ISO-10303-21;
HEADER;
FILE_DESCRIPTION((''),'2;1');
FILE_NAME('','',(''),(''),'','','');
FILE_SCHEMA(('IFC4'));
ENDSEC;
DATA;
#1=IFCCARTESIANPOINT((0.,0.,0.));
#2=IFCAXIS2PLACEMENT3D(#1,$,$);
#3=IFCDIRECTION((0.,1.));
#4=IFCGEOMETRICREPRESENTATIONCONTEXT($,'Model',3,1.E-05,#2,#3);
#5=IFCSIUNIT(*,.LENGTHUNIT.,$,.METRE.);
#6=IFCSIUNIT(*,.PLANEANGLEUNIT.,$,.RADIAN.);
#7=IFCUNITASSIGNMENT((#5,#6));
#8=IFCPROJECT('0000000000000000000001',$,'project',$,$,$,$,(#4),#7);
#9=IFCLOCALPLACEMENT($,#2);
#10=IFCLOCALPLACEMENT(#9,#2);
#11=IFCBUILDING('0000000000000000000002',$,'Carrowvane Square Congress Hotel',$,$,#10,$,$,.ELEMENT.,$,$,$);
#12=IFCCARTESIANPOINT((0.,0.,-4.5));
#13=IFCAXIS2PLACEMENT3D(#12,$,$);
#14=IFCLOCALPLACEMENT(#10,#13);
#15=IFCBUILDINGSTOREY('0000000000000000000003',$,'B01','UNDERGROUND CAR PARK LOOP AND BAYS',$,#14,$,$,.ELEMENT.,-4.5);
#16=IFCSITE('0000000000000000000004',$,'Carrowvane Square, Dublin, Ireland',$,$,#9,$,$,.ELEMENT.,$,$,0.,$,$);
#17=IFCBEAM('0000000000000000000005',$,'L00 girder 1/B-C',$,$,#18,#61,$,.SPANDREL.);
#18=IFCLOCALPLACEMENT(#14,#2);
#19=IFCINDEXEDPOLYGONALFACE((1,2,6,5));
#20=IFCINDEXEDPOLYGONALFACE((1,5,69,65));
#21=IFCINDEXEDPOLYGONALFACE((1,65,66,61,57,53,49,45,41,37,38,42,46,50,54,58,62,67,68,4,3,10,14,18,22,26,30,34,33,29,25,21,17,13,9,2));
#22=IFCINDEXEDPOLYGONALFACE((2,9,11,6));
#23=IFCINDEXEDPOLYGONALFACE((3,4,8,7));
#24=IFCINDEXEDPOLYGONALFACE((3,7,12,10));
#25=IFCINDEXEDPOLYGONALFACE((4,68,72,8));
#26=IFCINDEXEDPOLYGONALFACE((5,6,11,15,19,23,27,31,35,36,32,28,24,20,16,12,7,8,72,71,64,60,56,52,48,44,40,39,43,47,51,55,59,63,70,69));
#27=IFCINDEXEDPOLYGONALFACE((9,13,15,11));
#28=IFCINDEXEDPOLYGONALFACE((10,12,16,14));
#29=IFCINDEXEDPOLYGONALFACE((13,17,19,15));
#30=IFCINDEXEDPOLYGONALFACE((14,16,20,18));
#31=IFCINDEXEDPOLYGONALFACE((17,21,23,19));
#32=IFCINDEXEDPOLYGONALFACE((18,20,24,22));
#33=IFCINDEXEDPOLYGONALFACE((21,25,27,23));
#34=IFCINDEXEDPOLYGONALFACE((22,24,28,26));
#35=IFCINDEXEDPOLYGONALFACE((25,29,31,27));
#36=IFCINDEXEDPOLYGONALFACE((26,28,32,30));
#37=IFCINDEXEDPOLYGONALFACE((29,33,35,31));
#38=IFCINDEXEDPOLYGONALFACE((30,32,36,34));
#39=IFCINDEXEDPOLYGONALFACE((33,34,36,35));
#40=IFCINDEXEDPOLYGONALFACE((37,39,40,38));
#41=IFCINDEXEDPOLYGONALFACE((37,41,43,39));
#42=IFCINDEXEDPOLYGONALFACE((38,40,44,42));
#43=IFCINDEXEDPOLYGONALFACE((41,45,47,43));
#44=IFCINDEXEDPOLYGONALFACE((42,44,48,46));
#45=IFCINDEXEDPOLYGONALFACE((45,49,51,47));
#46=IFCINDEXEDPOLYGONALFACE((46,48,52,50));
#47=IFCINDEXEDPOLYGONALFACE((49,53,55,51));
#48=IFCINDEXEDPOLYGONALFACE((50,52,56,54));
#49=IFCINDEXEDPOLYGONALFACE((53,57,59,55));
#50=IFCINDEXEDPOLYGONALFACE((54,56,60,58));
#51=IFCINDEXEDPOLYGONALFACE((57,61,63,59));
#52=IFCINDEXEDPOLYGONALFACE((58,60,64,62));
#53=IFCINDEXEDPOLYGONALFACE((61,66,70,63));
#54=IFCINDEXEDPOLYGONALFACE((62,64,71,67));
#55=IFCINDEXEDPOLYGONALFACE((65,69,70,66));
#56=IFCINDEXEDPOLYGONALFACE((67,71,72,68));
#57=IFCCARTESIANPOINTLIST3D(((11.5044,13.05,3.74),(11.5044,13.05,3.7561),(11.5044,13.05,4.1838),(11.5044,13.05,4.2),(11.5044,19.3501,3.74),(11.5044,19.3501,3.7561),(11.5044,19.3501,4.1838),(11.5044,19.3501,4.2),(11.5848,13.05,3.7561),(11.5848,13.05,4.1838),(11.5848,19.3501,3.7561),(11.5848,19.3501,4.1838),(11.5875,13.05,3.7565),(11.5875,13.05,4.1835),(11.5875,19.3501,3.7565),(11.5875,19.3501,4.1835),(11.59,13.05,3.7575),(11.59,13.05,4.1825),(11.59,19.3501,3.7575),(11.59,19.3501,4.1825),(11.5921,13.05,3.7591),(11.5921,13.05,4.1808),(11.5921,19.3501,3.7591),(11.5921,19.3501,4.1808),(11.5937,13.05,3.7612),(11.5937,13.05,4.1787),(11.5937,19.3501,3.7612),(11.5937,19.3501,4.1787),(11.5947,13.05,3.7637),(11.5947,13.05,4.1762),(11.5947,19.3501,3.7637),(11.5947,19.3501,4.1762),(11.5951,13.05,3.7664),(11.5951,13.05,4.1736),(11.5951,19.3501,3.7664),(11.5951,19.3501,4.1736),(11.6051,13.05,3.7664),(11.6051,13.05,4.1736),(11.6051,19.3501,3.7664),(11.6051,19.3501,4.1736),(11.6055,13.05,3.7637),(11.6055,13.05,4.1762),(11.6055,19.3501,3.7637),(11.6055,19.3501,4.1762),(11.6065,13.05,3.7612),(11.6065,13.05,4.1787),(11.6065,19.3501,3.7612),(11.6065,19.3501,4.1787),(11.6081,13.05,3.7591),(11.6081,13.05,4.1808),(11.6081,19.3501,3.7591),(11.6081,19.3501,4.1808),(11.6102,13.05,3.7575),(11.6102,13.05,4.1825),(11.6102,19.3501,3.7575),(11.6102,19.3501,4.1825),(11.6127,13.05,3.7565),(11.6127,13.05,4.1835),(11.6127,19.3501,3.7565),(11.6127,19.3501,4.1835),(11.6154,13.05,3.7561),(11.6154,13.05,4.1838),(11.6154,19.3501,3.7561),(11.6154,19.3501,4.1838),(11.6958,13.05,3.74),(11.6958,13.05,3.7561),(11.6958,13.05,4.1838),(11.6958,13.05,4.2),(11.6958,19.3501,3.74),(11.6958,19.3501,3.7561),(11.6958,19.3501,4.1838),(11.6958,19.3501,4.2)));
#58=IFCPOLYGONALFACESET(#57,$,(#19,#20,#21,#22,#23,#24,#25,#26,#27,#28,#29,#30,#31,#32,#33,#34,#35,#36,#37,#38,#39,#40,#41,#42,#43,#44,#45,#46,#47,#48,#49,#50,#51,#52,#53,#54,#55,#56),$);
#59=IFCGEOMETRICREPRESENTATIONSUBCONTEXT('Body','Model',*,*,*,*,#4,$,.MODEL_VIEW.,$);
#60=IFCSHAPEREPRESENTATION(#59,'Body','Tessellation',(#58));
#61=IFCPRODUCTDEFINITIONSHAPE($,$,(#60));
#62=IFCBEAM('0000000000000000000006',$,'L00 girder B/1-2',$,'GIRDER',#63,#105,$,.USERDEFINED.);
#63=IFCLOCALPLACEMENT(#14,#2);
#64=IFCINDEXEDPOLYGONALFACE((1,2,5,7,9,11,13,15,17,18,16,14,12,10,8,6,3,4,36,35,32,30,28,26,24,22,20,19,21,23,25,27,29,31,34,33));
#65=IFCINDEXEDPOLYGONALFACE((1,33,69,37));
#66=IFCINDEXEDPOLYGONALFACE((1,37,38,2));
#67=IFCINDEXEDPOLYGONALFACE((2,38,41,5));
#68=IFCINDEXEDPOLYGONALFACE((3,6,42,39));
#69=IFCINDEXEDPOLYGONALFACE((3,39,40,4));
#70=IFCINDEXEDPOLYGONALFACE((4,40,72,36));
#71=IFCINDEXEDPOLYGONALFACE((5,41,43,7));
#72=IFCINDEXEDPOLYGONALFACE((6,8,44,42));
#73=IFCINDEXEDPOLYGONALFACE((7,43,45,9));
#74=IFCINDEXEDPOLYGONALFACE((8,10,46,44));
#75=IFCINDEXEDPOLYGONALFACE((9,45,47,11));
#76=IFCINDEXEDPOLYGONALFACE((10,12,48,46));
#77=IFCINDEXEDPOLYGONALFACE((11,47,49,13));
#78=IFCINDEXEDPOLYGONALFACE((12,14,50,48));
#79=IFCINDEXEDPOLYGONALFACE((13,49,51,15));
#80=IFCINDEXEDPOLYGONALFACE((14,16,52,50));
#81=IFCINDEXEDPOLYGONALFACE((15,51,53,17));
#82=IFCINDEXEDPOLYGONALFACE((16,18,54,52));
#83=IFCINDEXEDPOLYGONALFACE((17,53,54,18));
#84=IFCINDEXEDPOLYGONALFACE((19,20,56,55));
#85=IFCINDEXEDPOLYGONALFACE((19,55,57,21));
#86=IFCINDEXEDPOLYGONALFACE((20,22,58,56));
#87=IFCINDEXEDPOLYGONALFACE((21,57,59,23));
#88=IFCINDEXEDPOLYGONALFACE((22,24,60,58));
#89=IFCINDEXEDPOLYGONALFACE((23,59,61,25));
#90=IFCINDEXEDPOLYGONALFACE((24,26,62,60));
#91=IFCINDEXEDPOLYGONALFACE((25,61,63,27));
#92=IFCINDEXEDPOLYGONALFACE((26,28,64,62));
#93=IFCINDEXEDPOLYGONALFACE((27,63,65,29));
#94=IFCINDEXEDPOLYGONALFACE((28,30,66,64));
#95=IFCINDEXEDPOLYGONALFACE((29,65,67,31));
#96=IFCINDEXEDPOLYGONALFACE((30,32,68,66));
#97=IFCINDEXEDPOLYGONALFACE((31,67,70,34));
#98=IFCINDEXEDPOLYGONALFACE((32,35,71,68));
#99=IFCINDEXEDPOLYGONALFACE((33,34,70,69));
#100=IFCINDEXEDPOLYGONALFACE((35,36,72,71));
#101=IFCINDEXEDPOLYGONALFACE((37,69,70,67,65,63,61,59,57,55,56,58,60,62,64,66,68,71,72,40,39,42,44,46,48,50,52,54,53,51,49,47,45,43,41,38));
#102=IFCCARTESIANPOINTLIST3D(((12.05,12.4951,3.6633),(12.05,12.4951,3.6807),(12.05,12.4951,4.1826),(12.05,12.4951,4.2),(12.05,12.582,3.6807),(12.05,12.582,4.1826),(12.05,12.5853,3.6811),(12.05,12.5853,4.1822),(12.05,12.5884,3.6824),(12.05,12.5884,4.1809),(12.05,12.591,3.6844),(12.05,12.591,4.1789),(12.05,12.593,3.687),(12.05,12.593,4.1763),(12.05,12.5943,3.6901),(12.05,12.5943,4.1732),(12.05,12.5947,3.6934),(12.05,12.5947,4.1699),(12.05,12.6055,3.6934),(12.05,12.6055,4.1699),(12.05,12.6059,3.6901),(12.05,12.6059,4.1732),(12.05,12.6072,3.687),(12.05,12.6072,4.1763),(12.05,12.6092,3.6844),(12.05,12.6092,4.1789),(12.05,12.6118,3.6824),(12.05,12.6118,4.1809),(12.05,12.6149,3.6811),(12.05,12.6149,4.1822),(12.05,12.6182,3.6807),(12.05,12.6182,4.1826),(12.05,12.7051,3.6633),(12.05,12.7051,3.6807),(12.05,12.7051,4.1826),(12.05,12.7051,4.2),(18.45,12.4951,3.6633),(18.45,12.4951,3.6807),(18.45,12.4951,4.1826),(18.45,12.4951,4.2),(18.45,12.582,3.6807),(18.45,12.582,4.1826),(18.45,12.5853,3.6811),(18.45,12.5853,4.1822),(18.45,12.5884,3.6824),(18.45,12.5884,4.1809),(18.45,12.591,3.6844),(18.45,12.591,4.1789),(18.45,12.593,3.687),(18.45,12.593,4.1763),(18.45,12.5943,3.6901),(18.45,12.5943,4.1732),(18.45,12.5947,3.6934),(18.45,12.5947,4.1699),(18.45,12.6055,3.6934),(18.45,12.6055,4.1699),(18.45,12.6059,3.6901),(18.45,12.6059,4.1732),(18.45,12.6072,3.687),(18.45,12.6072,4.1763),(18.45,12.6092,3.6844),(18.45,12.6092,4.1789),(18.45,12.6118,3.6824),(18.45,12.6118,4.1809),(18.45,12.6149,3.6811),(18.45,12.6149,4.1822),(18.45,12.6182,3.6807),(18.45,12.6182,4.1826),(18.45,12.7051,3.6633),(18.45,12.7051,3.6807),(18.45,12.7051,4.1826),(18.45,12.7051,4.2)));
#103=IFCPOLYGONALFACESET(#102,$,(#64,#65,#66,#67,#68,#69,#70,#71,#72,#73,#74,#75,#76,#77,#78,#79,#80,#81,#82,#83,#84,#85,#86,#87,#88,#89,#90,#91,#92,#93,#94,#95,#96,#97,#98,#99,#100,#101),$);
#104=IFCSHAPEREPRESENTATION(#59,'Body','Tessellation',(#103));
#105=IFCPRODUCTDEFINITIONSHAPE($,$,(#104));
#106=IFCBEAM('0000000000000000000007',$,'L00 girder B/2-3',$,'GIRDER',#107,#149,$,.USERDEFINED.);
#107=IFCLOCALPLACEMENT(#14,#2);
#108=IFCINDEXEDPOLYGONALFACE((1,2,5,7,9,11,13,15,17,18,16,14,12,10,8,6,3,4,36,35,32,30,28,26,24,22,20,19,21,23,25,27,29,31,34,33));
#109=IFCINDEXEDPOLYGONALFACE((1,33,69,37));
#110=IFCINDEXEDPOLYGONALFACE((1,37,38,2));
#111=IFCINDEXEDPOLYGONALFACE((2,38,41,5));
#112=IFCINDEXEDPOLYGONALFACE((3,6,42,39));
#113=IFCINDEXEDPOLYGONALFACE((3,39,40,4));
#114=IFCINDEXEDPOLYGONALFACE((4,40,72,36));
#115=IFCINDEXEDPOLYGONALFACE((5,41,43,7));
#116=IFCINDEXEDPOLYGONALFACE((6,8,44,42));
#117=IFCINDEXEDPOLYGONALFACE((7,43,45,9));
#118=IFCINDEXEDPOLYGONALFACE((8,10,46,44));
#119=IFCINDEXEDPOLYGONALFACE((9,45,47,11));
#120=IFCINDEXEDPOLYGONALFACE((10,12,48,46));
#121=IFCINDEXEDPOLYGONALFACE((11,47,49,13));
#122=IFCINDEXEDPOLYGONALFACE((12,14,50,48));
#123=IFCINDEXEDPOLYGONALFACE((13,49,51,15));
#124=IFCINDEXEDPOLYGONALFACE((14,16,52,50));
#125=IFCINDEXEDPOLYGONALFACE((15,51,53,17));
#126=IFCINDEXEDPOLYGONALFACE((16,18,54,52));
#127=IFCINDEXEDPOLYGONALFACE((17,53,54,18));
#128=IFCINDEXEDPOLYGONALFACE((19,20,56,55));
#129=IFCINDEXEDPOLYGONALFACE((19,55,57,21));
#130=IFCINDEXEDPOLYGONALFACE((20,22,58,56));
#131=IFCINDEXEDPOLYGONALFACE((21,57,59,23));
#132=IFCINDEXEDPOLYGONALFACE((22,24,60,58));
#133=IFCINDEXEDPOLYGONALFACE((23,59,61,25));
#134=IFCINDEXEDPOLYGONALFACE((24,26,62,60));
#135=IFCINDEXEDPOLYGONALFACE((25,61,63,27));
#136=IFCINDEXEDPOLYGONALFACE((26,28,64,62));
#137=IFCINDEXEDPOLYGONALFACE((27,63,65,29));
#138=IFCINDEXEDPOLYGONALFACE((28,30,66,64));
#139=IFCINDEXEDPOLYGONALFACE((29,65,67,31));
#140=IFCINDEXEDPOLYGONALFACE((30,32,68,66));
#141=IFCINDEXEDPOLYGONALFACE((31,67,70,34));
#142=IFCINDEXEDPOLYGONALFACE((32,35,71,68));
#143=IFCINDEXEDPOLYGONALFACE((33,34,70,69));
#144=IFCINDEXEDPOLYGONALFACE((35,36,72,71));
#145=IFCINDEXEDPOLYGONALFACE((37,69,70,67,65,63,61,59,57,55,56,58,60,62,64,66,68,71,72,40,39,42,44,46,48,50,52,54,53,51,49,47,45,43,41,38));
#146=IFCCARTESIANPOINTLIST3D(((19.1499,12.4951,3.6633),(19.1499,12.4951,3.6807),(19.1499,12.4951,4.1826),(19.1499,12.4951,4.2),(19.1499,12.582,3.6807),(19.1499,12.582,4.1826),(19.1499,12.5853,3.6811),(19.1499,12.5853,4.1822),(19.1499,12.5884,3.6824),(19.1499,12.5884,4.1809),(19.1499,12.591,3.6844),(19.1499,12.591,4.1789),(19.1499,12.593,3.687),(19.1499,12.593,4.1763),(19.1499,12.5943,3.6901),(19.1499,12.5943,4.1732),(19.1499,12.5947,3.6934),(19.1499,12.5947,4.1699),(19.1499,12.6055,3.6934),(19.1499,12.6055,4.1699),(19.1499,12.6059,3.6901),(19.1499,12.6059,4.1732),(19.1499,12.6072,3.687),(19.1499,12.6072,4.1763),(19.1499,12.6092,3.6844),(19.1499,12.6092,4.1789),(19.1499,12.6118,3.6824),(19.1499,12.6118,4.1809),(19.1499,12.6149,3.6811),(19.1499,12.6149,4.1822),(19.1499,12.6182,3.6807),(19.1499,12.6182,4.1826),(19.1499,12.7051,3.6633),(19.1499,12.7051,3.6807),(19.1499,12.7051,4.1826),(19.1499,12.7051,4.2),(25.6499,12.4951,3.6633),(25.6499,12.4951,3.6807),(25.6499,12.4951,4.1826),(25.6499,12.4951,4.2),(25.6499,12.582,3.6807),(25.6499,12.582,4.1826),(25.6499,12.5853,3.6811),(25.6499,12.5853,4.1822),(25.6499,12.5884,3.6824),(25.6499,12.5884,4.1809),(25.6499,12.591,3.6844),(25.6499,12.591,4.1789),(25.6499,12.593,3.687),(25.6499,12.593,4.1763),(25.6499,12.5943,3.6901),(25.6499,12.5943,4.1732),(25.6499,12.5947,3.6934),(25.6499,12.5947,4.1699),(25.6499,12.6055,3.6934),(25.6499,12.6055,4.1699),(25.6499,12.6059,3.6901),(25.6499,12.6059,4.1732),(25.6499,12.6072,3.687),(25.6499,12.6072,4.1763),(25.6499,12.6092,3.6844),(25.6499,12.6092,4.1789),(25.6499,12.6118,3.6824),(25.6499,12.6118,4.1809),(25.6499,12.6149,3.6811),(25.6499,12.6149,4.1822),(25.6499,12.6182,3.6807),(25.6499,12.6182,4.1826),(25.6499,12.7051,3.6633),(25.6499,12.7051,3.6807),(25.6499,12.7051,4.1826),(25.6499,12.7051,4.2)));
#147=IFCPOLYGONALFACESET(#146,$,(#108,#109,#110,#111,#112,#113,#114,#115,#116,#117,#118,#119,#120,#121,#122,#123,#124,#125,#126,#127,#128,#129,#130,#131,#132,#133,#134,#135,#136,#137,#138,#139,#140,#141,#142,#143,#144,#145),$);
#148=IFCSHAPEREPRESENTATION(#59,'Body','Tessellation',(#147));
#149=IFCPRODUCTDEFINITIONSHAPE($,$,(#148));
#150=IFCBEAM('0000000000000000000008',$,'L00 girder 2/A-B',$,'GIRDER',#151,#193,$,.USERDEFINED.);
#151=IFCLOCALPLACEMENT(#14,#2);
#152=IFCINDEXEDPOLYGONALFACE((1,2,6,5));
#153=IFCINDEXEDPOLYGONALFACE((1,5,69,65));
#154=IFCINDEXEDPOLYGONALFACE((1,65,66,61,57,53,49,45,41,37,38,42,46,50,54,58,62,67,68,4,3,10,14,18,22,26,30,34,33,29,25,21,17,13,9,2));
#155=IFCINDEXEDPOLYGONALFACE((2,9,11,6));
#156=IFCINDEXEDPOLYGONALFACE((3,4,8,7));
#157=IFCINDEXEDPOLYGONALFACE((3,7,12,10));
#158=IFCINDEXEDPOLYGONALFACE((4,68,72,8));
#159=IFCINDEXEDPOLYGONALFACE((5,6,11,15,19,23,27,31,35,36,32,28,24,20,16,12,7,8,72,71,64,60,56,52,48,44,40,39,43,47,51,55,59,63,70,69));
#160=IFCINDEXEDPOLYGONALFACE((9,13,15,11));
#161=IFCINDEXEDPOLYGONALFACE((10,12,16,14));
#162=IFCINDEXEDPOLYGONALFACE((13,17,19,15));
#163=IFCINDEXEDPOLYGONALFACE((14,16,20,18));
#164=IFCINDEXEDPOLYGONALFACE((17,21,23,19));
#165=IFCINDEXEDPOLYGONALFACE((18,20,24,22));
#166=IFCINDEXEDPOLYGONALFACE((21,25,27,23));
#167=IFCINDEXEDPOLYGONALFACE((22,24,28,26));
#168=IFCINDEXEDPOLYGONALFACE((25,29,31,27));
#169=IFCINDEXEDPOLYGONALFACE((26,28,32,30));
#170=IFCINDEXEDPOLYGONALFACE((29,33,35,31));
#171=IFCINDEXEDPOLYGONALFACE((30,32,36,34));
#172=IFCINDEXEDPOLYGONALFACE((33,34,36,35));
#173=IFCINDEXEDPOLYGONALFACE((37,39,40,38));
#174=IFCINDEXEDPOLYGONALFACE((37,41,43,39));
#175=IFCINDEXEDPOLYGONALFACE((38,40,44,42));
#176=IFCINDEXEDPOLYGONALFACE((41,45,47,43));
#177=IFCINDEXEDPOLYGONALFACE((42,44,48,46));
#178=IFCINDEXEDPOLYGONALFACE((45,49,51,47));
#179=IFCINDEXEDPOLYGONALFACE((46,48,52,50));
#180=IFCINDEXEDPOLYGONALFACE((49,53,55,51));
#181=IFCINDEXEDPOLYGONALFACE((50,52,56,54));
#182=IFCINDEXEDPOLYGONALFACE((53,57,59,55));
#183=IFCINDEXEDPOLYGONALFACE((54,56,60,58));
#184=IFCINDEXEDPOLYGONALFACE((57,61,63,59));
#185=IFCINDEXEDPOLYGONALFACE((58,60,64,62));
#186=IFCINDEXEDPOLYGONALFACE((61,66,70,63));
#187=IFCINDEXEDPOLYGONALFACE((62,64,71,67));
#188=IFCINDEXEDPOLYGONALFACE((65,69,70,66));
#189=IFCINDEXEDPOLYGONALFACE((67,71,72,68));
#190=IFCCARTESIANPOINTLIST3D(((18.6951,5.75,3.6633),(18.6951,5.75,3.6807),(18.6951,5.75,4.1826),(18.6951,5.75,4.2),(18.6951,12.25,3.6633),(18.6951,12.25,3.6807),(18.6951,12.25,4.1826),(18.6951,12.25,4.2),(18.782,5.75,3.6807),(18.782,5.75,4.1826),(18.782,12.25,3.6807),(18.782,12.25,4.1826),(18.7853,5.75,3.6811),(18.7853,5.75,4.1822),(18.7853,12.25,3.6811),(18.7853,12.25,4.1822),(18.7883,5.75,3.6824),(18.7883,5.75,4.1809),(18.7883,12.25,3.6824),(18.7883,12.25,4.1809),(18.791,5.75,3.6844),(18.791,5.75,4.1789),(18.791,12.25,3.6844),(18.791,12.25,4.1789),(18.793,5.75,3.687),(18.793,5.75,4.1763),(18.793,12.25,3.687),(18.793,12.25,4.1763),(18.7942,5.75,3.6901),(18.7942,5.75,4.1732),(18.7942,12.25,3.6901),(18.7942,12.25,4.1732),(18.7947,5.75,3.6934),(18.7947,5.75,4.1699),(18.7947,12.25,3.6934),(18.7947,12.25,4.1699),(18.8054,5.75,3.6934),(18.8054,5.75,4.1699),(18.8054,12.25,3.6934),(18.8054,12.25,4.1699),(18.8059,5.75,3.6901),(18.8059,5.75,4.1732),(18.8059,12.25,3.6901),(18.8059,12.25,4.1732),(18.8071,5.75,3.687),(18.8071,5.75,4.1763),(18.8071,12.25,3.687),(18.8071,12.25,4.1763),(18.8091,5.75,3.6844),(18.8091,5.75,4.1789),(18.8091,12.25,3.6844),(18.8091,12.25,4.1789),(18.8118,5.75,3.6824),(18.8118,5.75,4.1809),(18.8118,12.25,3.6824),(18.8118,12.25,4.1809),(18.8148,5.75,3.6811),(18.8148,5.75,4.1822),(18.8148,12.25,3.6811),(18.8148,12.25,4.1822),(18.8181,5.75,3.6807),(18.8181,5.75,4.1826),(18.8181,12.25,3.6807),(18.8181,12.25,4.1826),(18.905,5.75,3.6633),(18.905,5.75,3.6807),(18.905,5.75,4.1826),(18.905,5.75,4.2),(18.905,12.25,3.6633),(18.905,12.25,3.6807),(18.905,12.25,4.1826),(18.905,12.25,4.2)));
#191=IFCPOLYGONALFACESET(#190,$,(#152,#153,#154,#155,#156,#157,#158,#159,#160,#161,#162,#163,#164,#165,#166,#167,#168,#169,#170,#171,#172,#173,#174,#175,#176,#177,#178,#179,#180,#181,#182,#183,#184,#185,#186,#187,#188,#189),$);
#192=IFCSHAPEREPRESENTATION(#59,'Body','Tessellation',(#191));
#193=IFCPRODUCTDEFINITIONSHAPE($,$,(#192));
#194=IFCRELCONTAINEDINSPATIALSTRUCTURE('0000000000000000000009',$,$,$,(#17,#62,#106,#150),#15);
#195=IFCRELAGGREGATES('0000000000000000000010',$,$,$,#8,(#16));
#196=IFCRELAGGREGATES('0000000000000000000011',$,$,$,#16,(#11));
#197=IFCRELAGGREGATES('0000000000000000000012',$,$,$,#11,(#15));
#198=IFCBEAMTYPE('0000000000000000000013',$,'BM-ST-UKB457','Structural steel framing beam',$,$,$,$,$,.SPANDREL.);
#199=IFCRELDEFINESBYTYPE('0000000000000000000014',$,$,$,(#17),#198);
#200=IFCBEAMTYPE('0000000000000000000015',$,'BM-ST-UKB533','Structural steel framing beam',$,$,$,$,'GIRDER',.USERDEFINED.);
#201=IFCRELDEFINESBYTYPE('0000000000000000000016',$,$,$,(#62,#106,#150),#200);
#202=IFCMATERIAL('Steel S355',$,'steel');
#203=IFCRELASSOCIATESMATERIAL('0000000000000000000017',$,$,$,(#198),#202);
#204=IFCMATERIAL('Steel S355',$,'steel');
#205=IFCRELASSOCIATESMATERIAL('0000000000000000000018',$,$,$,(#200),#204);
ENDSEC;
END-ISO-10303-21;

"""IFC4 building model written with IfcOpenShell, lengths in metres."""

from ifc_helpers import new_model, si_unit, direction, frame, origin, origin_2d, place, context, subcontext, project, spatial, i_section, extrude, material, material_profile, profile_set, type_object, element, save


model = new_model("IFC4")

# Units and contexts
model_context = context("Model", 3, precision=1e-05, world=origin(), true_north=direction((0.0, 1.0)))
body_context = subcontext(model_context, "Body", "Model", "MODEL_VIEW")
ifc_project = project(units=[si_unit("LENGTHUNIT", "METRE"), si_unit("PLANEANGLEUNIT", "RADIAN")], contexts=[model_context])

# Site, building, storey
site_placement = place(None, origin())
site = spatial("IfcSite", under=ifc_project, at=site_placement, Name="Carrowvane Square, Dublin, Ireland", CompositionType="ELEMENT", RefElevation=0.0)
building_placement = place(site_placement, origin())
building = spatial("IfcBuilding", under=site, at=building_placement, Name="Carrowvane Square Congress Hotel", CompositionType="ELEMENT")
storey_placement = place(building_placement, frame((0.0, 0.0, -4.5)))
storey = spatial("IfcBuildingStorey", under=building, at=storey_placement, Name="B01", Description="UNDERGROUND CAR PARK LOOP AND BAYS", CompositionType="ELEMENT", Elevation=-4.5)

# Beams
ifc_material_1 = material(Name="Steel S355", Category="steel")
ifc_material_profile_1 = material_profile(ifc_material_1, i_section(OverallWidth=0.1914, OverallDepth=0.46, WebThickness=0.01, FlangeThickness=0.0161, FilletRadius=0.0103, at=origin_2d()), Name="UKB 457x191x82")
ifc_profile_set_1 = profile_set([ifc_material_profile_1], Name="Steel S355")
beam_type_1 = type_object("IfcBeamType", Name="BM-ST-UKB457", Description="Structural steel framing beam", PredefinedType="SPANDREL", material=ifc_profile_set_1)
beam_1_placement = place(storey_placement, frame((11.6001, 13.05, 3.97), z_axis=(0.0, 1.0, 0.0), x_axis=(-1.0, 0.0, 0.0)))
element("IfcBeam", 1, at=beam_1_placement, inside=storey, type_object=beam_type_1, Name="L00 girder 1/B-C", PredefinedType="SPANDREL", context=body_context, shape_type="SweptSolid", body=[
    extrude(i_section(OverallWidth=0.1914, OverallDepth=0.46, WebThickness=0.01, FlangeThickness=0.0161, FilletRadius=0.0103, at=origin_2d()), origin(), (0.0, 0.0, 1.0), 6.3),
])
ifc_material_2 = material(Name="Steel S355", Category="steel")
ifc_material_profile_2 = material_profile(ifc_material_2, i_section(OverallWidth=0.21, OverallDepth=0.5366, WebThickness=0.0107, FlangeThickness=0.0173, FilletRadius=0.0127, at=origin_2d()), Name="UKB 533x210x101")
ifc_profile_set_2 = profile_set([ifc_material_profile_2], Name="Steel S355")
beam_type_2 = type_object("IfcBeamType", Name="BM-ST-UKB533", Description="Structural steel framing beam", ElementType="GIRDER", PredefinedType="USERDEFINED", material=ifc_profile_set_2)
beam_2_placement = place(storey_placement, frame((12.05, 12.6001, 3.9316), z_axis=(1.0, 0.0, 0.0), x_axis=(0.0, 1.0, 0.0)))
element("IfcBeam", 2, at=beam_2_placement, inside=storey, type_object=beam_type_2, Name="L00 girder B/1-2", ObjectType="GIRDER", PredefinedType="USERDEFINED", context=body_context, shape_type="SweptSolid", body=[
    extrude(i_section(OverallWidth=0.21, OverallDepth=0.5366, WebThickness=0.0107, FlangeThickness=0.0173, FilletRadius=0.0127, at=origin_2d()), origin(), (0.0, 0.0, 1.0), 6.3999),
])
for number, where, z_axis, x_axis, name in (
    (3, (19.1499, 12.6001, 3.9316), (1.0, 0.0, 0.0), (0.0, 1.0, 0.0), "L00 girder B/2-3"),
    (4, (18.8, 5.75, 3.9316), (0.0, 1.0, 0.0), (-1.0, 0.0, 0.0), "L00 girder 2/A-B"),
):
    element("IfcBeam", number, at=place(storey_placement, frame(where, z_axis=z_axis, x_axis=x_axis)), inside=storey, type_object=beam_type_2, Name=name, ObjectType="GIRDER", PredefinedType="USERDEFINED", context=body_context, shape_type="SweptSolid", body=[
        extrude(i_section(OverallWidth=0.21, OverallDepth=0.5366, WebThickness=0.0107, FlangeThickness=0.0173, FilletRadius=0.0127, at=origin_2d()), origin(), (0.0, 0.0, 1.0), 6.5),
    ])

save(model, "model.ifc")
